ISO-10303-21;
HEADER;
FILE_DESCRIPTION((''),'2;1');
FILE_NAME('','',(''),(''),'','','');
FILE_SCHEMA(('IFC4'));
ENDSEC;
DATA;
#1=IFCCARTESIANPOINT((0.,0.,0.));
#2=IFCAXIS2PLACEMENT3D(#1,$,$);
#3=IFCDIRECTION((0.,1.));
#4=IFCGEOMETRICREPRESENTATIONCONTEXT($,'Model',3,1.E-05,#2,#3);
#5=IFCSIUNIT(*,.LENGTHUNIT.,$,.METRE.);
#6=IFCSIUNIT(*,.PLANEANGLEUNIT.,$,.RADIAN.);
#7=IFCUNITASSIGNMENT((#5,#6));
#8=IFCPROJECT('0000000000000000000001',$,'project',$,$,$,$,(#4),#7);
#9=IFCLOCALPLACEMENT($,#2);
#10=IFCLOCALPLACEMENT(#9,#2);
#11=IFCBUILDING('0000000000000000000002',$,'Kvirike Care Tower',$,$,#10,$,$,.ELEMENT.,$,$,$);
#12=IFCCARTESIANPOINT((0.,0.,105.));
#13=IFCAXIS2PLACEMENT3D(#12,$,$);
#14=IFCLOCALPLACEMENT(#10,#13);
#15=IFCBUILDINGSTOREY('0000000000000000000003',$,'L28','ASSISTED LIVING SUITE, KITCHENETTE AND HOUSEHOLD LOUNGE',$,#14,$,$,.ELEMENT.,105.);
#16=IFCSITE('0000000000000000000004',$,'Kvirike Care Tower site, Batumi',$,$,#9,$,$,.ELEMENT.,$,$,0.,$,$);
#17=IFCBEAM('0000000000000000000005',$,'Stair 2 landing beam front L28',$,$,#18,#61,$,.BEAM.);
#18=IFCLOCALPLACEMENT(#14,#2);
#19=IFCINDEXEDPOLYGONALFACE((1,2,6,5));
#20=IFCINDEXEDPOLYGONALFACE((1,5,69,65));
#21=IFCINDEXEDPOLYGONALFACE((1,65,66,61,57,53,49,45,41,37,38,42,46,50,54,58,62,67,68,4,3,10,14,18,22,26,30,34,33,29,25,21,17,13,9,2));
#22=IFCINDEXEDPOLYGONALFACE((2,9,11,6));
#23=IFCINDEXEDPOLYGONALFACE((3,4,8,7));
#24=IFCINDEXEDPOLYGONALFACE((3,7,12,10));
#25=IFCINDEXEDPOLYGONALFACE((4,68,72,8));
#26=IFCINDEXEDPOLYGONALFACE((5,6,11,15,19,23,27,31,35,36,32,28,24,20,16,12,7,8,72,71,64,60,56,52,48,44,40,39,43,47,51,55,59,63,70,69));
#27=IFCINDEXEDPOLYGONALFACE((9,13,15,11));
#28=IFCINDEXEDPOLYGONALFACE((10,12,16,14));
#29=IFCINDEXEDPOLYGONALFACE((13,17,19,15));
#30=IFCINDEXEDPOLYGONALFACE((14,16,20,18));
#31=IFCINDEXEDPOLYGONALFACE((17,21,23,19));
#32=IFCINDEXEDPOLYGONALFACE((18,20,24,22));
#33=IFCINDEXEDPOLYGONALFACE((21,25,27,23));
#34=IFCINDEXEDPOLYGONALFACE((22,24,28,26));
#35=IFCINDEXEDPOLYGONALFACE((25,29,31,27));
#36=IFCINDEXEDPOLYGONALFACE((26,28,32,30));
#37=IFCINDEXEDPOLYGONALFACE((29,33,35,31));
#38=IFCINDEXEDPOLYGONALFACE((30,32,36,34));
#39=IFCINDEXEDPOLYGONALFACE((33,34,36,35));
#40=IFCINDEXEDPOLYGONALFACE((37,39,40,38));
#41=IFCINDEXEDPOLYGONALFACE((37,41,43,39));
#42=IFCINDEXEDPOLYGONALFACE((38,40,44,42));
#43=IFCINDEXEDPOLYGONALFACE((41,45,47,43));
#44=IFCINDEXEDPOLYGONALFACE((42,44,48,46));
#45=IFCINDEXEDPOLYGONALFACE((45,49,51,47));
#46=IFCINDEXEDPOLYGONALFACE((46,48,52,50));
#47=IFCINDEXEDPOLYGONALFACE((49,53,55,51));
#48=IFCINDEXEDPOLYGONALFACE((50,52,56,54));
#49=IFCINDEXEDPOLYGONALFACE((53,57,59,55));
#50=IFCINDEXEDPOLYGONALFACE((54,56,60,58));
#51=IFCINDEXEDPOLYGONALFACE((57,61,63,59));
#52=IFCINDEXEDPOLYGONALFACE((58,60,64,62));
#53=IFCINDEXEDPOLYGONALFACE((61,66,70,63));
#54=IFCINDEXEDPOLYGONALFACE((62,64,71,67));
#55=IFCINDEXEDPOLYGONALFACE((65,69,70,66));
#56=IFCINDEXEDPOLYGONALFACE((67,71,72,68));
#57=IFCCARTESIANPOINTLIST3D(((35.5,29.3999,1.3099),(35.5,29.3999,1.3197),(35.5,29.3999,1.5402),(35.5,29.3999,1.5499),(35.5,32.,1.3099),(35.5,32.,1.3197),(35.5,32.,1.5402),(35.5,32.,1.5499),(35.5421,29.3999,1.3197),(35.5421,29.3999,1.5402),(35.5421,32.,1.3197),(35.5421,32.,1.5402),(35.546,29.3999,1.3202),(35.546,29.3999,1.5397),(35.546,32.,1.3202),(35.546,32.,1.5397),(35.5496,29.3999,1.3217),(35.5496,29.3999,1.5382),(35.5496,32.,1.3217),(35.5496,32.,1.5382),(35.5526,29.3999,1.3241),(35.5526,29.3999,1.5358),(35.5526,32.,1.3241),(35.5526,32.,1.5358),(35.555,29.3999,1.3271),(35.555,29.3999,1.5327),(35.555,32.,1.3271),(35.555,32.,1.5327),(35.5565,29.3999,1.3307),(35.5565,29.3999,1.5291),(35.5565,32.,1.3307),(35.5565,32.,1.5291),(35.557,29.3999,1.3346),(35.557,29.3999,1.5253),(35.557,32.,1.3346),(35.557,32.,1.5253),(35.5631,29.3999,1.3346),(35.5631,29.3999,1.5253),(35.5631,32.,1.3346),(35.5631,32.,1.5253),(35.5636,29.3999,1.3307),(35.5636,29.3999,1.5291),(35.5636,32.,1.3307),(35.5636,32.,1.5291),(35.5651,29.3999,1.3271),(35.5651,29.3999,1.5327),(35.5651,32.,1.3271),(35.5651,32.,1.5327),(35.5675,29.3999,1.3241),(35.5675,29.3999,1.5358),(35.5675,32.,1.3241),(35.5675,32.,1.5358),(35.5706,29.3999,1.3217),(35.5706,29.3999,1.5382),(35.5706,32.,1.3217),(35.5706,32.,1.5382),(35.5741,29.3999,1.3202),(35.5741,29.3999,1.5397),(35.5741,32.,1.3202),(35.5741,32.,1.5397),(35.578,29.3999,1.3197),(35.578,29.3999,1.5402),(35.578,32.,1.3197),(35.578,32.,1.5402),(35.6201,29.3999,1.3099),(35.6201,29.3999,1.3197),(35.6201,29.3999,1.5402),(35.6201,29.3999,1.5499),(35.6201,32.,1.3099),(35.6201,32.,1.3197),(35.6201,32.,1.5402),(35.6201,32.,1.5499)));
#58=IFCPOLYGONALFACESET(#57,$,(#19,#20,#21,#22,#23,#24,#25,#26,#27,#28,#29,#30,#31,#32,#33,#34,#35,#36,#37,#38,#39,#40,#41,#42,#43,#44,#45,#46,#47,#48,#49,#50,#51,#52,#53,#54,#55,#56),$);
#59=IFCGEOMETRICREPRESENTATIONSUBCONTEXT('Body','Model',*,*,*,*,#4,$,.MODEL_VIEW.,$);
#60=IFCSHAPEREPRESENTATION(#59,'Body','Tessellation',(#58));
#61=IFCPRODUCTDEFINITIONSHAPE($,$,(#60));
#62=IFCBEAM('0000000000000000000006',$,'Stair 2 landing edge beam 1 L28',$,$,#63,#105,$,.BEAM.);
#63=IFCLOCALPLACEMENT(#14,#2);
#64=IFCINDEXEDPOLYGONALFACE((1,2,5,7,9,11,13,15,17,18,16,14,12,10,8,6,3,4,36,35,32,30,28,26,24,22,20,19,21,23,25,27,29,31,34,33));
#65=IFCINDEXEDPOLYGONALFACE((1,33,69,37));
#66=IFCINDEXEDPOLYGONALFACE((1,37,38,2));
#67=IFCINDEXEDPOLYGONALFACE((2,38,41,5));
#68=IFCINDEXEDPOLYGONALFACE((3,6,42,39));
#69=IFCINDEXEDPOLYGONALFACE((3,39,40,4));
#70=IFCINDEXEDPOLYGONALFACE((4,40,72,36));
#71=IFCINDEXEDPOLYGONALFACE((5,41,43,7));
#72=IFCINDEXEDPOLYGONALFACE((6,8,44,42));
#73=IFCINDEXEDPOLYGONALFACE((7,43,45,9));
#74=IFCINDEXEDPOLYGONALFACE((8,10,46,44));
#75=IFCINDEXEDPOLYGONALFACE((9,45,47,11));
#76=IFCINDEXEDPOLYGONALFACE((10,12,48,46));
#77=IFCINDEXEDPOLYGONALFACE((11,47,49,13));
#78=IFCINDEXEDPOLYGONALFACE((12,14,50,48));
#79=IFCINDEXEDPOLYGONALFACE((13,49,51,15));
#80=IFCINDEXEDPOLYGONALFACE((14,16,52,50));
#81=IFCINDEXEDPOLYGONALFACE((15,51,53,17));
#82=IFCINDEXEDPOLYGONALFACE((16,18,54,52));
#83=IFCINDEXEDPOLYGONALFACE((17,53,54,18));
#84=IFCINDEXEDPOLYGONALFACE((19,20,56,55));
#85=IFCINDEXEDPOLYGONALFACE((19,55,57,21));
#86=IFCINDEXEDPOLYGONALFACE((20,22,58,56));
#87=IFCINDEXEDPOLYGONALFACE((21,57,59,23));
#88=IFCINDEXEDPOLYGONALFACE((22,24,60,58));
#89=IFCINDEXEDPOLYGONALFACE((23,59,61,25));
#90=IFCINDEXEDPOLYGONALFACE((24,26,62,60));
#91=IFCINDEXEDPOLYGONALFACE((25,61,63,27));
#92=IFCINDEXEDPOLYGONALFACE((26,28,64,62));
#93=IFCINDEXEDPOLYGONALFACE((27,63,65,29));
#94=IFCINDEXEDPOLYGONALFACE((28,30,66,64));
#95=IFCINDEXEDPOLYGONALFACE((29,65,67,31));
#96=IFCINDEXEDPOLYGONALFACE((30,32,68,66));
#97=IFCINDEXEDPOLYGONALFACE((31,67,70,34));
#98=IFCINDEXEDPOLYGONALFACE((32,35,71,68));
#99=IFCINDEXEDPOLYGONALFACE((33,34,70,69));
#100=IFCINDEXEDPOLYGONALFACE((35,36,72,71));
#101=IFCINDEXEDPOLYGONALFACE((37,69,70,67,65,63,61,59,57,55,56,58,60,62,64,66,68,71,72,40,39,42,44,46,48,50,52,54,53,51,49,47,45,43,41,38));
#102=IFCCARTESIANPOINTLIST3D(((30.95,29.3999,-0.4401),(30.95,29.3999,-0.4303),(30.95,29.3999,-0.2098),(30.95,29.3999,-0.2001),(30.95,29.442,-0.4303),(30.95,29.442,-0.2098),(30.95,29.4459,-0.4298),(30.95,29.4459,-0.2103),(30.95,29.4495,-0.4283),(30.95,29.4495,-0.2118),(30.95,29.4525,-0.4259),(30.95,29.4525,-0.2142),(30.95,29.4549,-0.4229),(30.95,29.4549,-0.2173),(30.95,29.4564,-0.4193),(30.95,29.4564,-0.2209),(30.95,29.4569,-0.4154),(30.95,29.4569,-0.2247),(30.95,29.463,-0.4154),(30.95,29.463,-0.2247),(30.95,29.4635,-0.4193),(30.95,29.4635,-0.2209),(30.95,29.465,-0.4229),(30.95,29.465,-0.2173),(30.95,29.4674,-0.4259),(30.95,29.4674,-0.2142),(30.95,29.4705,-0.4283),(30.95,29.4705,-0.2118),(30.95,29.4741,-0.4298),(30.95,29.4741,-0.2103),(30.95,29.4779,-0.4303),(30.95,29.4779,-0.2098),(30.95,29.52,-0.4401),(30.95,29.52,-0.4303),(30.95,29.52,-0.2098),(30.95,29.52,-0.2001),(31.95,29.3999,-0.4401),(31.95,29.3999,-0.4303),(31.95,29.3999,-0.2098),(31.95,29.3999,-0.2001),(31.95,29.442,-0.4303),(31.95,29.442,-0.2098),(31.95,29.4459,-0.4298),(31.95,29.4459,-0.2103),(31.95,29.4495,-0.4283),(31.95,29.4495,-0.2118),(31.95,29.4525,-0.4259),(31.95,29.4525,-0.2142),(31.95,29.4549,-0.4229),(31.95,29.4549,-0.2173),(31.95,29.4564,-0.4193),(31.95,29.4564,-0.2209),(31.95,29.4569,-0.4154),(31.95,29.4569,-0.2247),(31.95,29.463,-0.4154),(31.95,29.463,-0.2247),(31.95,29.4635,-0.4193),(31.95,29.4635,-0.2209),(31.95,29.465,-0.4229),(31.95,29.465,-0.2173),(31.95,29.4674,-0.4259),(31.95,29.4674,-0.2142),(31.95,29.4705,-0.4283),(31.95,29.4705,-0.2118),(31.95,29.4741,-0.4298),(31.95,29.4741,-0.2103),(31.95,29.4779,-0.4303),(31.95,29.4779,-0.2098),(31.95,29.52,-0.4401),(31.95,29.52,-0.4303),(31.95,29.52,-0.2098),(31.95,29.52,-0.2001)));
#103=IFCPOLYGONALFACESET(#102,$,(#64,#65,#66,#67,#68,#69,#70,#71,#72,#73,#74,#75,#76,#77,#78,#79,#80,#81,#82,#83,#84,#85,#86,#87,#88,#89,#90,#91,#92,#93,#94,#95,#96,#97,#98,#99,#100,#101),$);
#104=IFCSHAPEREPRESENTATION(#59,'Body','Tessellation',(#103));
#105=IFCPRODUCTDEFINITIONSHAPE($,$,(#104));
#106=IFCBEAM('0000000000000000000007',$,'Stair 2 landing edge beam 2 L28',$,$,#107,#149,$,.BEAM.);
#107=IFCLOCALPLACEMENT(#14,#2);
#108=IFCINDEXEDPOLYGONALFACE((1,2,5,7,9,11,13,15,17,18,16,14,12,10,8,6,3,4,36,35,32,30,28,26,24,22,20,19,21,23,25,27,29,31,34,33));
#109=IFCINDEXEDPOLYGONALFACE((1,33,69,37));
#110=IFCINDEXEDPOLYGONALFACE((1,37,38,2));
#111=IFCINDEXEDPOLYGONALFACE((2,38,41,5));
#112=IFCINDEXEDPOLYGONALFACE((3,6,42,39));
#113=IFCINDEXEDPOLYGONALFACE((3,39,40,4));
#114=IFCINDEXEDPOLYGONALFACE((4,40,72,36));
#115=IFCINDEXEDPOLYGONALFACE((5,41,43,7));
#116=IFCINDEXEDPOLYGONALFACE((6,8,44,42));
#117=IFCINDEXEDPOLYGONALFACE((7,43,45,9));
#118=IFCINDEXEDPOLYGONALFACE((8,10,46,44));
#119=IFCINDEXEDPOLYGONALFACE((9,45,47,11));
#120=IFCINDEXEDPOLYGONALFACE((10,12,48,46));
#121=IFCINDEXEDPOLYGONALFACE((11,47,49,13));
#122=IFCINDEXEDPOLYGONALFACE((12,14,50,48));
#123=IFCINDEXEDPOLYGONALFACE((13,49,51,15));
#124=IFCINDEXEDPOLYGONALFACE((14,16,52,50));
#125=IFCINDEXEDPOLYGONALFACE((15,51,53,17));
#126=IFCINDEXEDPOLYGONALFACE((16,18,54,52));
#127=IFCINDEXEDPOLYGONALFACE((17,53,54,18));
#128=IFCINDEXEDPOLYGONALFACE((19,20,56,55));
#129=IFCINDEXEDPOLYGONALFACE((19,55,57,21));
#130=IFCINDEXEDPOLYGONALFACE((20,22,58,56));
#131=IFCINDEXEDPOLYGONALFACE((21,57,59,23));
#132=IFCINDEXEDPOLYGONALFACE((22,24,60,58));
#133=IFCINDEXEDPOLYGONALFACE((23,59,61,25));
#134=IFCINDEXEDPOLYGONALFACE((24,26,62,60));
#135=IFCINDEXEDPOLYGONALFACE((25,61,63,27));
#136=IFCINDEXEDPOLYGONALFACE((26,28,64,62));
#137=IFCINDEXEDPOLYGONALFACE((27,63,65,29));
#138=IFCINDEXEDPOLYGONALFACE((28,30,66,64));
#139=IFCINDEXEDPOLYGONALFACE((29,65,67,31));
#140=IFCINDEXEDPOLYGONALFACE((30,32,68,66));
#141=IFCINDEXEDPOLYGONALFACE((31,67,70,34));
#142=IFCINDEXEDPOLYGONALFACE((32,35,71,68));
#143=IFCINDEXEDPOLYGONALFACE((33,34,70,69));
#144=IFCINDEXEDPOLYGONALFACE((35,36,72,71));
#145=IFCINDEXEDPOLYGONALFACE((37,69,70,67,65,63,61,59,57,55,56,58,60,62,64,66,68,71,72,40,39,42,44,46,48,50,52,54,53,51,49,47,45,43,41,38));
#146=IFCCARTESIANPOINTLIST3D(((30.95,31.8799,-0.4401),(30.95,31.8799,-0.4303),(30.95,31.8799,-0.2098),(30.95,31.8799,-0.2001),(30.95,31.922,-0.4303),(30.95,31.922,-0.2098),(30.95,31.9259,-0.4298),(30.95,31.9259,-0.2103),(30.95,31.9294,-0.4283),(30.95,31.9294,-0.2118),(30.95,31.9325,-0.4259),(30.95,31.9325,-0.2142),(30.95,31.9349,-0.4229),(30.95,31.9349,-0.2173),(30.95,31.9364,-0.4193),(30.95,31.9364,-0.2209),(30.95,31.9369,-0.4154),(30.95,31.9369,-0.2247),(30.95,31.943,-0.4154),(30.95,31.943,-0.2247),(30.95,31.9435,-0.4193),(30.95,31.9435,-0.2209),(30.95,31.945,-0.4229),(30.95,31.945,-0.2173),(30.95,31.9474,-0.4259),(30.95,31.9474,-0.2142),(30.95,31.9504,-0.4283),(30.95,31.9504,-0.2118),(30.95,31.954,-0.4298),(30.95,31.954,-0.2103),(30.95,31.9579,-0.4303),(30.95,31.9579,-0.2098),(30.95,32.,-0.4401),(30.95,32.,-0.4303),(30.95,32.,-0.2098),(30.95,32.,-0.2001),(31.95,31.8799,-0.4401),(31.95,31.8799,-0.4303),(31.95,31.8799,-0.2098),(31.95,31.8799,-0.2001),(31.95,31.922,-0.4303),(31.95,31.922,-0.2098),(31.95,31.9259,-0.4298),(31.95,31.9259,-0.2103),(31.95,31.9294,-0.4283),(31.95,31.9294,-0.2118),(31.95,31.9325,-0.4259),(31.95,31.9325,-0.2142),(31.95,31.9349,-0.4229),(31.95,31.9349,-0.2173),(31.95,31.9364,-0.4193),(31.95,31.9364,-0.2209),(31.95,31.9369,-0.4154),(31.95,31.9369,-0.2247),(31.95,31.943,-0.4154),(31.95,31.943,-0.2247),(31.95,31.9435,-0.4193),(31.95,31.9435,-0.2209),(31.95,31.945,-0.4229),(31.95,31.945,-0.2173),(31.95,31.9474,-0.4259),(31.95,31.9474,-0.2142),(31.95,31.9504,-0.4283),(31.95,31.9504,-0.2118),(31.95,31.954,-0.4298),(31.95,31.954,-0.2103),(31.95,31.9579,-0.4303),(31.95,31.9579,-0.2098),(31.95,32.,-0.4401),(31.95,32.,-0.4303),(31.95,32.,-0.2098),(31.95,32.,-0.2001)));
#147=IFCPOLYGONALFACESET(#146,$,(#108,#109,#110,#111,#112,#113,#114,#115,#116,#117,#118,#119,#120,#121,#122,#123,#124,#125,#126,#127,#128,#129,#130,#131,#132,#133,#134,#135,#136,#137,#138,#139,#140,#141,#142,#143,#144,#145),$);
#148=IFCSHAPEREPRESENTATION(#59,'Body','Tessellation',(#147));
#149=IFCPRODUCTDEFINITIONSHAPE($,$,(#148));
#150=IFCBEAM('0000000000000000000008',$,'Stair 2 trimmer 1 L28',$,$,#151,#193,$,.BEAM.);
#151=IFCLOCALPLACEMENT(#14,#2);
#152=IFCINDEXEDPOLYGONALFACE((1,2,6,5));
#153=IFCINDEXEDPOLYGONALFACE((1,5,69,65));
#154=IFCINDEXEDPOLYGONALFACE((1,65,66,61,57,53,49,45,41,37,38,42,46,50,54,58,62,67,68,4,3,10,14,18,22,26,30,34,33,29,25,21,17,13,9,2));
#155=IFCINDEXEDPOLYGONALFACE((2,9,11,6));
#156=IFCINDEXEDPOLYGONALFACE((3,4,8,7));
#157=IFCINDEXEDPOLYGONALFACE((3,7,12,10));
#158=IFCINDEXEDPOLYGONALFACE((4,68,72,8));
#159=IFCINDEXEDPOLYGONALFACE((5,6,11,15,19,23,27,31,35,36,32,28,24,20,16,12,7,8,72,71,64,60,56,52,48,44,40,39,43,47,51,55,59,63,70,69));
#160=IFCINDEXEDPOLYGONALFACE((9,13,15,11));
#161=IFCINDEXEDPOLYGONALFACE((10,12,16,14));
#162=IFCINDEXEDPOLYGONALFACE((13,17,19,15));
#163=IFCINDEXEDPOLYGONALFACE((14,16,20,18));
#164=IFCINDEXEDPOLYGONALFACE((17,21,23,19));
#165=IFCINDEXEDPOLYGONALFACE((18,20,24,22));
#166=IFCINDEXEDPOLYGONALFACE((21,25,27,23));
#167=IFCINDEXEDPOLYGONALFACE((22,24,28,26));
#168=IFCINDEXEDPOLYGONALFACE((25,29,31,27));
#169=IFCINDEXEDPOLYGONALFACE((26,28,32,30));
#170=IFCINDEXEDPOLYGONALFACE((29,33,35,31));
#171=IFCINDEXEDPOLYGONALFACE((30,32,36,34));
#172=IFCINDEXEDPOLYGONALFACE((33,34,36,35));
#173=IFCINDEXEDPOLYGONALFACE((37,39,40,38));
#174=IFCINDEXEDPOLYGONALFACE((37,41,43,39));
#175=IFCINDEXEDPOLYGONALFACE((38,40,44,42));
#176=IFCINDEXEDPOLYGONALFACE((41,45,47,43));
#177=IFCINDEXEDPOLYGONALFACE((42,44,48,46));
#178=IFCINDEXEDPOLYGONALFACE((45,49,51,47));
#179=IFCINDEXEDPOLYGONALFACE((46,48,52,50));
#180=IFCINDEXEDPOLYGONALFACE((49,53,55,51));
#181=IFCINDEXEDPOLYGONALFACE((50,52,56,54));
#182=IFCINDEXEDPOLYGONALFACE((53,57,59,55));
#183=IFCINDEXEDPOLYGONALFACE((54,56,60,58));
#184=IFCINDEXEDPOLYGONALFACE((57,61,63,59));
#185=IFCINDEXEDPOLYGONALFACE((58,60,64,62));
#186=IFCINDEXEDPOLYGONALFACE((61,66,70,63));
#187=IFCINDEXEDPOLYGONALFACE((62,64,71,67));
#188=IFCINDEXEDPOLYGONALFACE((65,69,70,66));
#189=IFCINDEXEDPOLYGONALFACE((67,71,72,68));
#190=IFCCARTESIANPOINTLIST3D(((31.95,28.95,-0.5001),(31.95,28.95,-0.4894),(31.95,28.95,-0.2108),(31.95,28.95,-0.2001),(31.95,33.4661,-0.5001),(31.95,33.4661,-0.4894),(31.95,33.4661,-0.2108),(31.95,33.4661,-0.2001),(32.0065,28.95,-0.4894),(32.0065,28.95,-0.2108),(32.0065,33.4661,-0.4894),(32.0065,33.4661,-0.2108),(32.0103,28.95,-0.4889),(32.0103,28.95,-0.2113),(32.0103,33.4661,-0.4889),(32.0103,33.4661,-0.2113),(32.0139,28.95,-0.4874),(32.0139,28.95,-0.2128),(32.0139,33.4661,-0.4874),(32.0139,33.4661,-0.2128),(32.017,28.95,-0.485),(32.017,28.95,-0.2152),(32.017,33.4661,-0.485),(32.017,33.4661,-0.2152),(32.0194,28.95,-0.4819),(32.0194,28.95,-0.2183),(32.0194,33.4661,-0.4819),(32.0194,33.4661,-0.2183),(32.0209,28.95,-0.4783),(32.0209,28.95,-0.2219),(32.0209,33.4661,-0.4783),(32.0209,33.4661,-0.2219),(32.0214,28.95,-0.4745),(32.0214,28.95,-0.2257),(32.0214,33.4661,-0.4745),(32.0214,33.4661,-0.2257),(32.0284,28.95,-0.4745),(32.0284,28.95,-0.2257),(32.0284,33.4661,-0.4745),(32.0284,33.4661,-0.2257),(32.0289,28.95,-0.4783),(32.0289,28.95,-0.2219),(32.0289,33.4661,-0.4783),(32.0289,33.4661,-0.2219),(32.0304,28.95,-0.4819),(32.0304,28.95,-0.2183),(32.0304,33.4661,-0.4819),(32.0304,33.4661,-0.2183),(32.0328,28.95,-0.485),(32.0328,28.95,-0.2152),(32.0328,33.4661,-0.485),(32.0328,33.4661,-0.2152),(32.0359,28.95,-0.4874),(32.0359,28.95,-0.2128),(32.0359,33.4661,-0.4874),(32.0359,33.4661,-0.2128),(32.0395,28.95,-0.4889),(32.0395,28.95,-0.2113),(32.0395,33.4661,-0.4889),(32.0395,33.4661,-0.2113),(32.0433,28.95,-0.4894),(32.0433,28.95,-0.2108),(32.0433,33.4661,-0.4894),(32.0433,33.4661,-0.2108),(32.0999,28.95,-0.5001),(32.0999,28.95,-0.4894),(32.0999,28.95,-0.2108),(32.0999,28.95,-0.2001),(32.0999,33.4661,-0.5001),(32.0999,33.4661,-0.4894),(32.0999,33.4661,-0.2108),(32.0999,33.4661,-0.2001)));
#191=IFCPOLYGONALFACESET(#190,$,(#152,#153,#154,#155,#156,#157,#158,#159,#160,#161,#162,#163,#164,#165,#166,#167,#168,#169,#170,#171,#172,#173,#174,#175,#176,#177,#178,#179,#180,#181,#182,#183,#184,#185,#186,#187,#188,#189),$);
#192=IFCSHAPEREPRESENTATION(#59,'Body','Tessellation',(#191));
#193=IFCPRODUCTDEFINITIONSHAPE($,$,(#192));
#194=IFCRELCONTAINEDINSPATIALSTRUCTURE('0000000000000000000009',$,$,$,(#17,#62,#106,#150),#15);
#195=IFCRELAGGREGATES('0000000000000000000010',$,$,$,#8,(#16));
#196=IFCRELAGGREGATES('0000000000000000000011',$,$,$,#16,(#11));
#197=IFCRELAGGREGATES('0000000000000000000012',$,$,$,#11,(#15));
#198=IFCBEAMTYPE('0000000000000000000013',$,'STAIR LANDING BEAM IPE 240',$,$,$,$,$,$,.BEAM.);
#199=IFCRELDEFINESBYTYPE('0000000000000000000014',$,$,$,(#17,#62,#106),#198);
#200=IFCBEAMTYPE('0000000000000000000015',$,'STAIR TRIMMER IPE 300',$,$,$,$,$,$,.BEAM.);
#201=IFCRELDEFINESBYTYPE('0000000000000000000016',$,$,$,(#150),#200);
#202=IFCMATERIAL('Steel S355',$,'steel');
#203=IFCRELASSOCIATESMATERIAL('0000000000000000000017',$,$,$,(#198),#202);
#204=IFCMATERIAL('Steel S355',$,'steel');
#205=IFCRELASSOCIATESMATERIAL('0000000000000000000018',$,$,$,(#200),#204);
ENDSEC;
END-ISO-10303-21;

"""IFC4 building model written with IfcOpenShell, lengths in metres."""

from ifc_helpers import new_model, si_unit, direction, frame, origin, origin_2d, place, context, subcontext, project, spatial, i_section, extrude, material, material_profile, profile_set, type_object, element, save


model = new_model("IFC4")

# Units and contexts
model_context = context("Model", 3, precision=1e-05, world=origin(), true_north=direction((0.0, 1.0)))
body_context = subcontext(model_context, "Body", "Model", "MODEL_VIEW")
ifc_project = project(units=[si_unit("LENGTHUNIT", "METRE"), si_unit("PLANEANGLEUNIT", "RADIAN")], contexts=[model_context])

# Site, building, storey
site_placement = place(None, origin())
site = spatial("IfcSite", under=ifc_project, at=site_placement, Name="Kvirike Care Tower site, Batumi", CompositionType="ELEMENT", RefElevation=0.0)
building_placement = place(site_placement, origin())
building = spatial("IfcBuilding", under=site, at=building_placement, Name="Kvirike Care Tower", CompositionType="ELEMENT")
storey_placement = place(building_placement, frame((0.0, 0.0, 105.0)))
storey = spatial("IfcBuildingStorey", under=building, at=storey_placement, Name="L28", Description="ASSISTED LIVING SUITE, KITCHENETTE AND HOUSEHOLD LOUNGE", CompositionType="ELEMENT", Elevation=105.0)

# Beams
ifc_material_1 = material(Name="Steel S355", Category="steel")
ifc_material_profile_1 = material_profile(ifc_material_1, i_section(OverallWidth=0.1201, OverallDepth=0.24, WebThickness=0.0061, FlangeThickness=0.0098, FilletRadius=0.0149, at=origin_2d()), Name="IPE 240")
ifc_profile_set_1 = profile_set([ifc_material_profile_1], Name="Steel S355")
beam_type_1 = type_object("IfcBeamType", Name="STAIR LANDING BEAM IPE 240", PredefinedType="BEAM", material=ifc_profile_set_1)
beam_1_placement = place(storey_placement, frame((35.5601, 29.3999, 1.4299), z_axis=(0.0, 1.0, 0.0), x_axis=(-1.0, 0.0, 0.0)))
element("IfcBeam", 1, at=beam_1_placement, inside=storey, type_object=beam_type_1, Name="Stair 2 landing beam front L28", PredefinedType="BEAM", context=body_context, shape_type="SweptSolid", body=[
    extrude(i_section(OverallWidth=0.1201, OverallDepth=0.24, WebThickness=0.0061, FlangeThickness=0.0098, FilletRadius=0.0149, at=origin_2d()), origin(), (0.0, 0.0, 1.0), 2.6001),
])
for number, where, z_axis, x_axis, name in (
    (2, (31.95, 29.46, -0.3201), (-1.0, 0.0, 0.0), (0.0, -1.0, 0.0), "Stair 2 landing edge beam 1 L28"),
    (3, (31.95, 31.9399, -0.3201), (-1.0, 0.0, 0.0), (0.0, -1.0, 0.0), "Stair 2 landing edge beam 2 L28"),
):
    element("IfcBeam", number, at=place(storey_placement, frame(where, z_axis=z_axis, x_axis=x_axis)), inside=storey, type_object=beam_type_1, Name=name, PredefinedType="BEAM", context=body_context, shape_type="SweptSolid", body=[
        extrude(i_section(OverallWidth=0.1201, OverallDepth=0.24, WebThickness=0.0061, FlangeThickness=0.0098, FilletRadius=0.0149, at=origin_2d()), origin(), (0.0, 0.0, 1.0), 1.0),
    ])
ifc_material_2 = material(Name="Steel S355", Category="steel")
ifc_material_profile_2 = material_profile(ifc_material_2, i_section(OverallWidth=0.1499, OverallDepth=0.3, WebThickness=0.0071, FlangeThickness=0.0107, FilletRadius=0.0149, at=origin_2d()), Name="IPE 300")
ifc_profile_set_2 = profile_set([ifc_material_profile_2], Name="Steel S355")
beam_type_2 = type_object("IfcBeamType", Name="STAIR TRIMMER IPE 300", PredefinedType="BEAM", material=ifc_profile_set_2)
for number, where, z_axis, x_axis, name in (
    (4, (32.0249, 28.95, -0.3501), (0.0, 1.0, 0.0), (-1.0, 0.0, 0.0), "Stair 2 trimmer 1 L28"),
):
    element("IfcBeam", number, at=place(storey_placement, frame(where, z_axis=z_axis, x_axis=x_axis)), inside=storey, type_object=beam_type_2, Name=name, PredefinedType="BEAM", context=body_context, shape_type="SweptSolid", body=[
        extrude(i_section(OverallWidth=0.1499, OverallDepth=0.3, WebThickness=0.0071, FlangeThickness=0.0107, FilletRadius=0.0149, at=origin_2d()), origin(), (0.0, 0.0, 1.0), 4.5161),
    ])

save(model, "model.ifc")
